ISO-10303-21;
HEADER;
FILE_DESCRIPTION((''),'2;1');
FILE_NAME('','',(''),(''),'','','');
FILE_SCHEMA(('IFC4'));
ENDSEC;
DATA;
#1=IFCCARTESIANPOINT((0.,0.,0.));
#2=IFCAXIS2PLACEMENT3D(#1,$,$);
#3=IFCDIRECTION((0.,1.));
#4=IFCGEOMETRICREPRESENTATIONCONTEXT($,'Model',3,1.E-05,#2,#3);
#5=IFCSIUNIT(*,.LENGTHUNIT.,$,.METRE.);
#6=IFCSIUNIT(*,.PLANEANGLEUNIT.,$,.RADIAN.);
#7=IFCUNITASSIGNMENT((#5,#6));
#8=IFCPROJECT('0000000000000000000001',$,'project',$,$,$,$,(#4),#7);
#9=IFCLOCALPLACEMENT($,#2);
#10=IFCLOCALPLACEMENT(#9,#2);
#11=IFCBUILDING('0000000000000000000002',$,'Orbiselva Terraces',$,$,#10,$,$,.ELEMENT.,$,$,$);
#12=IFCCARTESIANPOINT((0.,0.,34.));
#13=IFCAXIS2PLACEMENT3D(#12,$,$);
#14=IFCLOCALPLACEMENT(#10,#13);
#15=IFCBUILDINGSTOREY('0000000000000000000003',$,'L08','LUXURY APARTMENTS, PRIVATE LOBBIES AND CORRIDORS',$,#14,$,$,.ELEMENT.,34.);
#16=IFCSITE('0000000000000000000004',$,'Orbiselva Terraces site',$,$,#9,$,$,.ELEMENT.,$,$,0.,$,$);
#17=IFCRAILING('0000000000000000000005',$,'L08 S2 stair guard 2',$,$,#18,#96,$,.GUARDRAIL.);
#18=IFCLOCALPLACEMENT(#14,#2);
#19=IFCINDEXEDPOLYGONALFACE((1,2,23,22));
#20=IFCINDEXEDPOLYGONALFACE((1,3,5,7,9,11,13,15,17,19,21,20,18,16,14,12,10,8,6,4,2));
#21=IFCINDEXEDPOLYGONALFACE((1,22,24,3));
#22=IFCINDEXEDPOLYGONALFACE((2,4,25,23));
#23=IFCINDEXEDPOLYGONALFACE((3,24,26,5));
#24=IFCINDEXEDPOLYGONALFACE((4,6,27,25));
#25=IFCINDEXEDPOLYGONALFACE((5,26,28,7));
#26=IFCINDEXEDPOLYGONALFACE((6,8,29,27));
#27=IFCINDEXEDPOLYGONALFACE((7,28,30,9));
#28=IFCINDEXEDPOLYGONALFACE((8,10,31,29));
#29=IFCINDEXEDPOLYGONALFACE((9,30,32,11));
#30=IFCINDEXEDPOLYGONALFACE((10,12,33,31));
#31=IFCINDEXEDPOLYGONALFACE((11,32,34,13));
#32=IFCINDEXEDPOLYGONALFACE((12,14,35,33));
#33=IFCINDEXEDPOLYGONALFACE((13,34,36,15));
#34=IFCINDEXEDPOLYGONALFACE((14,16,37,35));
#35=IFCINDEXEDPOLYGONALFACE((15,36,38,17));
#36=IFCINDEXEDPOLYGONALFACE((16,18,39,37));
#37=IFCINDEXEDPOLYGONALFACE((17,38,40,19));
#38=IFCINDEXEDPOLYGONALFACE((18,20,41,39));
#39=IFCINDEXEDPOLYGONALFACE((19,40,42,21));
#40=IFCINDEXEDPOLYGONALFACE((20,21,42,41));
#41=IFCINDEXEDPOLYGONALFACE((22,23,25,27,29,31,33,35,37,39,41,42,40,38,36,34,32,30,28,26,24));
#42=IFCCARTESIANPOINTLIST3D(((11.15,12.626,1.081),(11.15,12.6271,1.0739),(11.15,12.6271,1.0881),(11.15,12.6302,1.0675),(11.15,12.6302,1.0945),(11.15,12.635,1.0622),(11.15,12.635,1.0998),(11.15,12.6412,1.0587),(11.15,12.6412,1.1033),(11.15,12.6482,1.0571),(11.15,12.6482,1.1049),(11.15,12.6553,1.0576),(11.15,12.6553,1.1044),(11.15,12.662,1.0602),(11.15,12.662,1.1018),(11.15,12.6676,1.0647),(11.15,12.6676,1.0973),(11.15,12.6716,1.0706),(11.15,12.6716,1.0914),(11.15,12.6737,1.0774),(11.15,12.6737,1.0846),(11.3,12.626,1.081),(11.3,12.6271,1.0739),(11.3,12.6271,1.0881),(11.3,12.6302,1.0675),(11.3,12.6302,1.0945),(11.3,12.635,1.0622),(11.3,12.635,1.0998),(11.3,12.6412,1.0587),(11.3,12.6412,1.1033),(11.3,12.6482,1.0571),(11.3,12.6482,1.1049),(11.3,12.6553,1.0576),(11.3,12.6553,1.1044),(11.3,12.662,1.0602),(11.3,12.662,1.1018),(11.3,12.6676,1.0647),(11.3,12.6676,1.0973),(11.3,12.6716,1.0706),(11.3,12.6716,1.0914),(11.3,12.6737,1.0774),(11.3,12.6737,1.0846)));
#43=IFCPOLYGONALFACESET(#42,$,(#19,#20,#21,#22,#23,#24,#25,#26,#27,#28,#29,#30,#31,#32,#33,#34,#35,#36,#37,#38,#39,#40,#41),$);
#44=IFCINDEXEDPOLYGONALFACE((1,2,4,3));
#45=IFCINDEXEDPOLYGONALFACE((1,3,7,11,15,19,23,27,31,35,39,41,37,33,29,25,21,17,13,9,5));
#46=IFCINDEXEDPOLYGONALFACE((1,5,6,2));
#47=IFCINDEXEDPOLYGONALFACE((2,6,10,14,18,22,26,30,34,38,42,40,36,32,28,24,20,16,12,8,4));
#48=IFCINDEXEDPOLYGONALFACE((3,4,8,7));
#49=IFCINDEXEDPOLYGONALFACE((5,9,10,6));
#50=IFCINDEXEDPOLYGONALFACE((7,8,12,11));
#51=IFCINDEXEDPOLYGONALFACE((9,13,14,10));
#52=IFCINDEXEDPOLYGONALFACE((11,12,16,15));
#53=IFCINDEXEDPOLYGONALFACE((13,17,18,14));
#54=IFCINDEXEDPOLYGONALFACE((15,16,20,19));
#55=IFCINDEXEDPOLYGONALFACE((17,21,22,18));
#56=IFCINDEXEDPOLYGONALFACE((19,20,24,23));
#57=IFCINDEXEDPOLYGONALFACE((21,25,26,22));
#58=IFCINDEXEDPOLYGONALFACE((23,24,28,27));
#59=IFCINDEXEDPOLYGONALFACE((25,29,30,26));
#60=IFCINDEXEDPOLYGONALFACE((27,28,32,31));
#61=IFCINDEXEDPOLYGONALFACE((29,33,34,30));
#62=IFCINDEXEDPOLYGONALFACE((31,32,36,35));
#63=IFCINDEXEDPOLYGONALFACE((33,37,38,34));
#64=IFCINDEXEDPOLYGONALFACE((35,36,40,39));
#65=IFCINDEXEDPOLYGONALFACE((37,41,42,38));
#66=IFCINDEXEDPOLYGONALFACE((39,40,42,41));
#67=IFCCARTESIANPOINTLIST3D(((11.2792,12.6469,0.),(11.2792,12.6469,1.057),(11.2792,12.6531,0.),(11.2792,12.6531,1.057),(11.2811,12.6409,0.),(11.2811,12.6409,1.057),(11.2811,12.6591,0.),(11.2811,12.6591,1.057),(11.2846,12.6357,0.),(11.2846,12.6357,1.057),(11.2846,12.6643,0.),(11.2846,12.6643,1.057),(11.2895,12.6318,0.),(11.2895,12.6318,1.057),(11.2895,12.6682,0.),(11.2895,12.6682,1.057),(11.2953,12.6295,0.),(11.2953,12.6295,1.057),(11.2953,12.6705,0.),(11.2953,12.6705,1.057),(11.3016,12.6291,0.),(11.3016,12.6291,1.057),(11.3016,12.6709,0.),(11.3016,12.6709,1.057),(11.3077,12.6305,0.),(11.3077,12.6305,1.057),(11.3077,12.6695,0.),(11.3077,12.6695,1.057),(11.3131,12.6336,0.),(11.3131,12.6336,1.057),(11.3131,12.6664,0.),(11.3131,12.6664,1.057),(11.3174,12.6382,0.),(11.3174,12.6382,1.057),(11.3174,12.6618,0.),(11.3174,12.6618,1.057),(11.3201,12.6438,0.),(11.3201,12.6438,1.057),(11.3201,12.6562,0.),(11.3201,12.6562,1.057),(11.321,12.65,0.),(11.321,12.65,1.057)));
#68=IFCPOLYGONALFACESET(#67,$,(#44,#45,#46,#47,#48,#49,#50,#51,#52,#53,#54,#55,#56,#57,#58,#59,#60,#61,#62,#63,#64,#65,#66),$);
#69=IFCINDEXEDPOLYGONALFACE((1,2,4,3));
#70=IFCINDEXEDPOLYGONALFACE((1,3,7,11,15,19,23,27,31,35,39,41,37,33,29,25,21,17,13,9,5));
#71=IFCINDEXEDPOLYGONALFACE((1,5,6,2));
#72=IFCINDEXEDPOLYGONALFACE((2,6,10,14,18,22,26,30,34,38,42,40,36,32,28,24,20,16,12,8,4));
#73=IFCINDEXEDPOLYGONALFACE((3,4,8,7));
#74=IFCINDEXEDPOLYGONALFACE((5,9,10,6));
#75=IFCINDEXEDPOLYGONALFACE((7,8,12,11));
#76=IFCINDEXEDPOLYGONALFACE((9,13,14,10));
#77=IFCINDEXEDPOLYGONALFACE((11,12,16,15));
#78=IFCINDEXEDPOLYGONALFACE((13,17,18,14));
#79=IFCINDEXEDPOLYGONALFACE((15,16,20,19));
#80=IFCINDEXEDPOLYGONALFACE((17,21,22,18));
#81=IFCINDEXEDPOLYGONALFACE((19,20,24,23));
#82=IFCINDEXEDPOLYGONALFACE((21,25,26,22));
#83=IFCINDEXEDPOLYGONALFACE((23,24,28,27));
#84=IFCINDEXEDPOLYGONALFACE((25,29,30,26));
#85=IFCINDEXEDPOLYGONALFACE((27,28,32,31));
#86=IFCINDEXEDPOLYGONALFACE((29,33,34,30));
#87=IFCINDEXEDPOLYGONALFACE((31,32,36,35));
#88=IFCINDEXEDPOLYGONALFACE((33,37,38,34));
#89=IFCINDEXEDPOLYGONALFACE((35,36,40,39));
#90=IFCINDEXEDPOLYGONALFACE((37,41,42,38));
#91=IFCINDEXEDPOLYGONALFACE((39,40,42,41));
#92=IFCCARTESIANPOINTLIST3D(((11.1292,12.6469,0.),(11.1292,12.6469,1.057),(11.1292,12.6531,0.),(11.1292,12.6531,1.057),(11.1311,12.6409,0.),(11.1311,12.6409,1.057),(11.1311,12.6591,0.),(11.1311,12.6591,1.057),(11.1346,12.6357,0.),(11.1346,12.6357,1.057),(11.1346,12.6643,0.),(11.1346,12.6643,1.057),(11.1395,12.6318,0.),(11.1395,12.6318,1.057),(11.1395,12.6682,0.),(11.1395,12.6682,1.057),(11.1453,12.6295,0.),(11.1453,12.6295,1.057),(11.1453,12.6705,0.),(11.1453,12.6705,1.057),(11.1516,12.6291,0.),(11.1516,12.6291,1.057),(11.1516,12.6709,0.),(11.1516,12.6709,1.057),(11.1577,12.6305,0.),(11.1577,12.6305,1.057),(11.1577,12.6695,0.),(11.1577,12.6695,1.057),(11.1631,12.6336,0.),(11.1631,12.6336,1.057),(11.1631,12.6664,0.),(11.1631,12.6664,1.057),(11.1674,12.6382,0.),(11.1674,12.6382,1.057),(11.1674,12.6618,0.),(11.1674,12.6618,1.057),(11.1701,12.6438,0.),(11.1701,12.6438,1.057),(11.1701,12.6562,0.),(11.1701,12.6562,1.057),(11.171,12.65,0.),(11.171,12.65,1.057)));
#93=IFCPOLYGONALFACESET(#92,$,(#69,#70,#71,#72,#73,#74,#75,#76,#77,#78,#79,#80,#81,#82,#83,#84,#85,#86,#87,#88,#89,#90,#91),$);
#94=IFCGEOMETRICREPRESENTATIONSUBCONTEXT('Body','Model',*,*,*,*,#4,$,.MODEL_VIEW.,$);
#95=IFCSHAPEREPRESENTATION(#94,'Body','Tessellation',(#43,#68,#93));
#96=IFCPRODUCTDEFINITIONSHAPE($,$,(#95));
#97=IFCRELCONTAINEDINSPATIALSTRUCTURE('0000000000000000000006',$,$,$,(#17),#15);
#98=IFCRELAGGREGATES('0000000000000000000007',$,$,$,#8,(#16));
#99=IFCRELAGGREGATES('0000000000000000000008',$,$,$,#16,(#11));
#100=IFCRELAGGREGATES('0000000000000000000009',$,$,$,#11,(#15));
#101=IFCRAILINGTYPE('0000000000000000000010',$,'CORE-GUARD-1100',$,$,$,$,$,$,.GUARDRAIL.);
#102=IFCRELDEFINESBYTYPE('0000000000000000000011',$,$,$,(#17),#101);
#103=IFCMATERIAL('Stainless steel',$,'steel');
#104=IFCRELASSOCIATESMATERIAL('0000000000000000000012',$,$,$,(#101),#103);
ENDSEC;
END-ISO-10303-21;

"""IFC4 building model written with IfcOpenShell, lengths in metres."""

from ifc_helpers import new_model, si_unit, direction, frame, origin, origin_2d, place, context, subcontext, project, spatial, circle, extrude, material, type_object, element, save


model = new_model("IFC4")

# Units and contexts
model_context = context("Model", 3, precision=1e-05, world=origin(), true_north=direction((0.0, 1.0)))
body_context = subcontext(model_context, "Body", "Model", "MODEL_VIEW")
ifc_project = project(units=[si_unit("LENGTHUNIT", "METRE"), si_unit("PLANEANGLEUNIT", "RADIAN")], contexts=[model_context])

# Site, building, storey
site_placement = place(None, origin())
site = spatial("IfcSite", under=ifc_project, at=site_placement, Name="Orbiselva Terraces site", CompositionType="ELEMENT", RefElevation=0.0)
building_placement = place(site_placement, origin())
building = spatial("IfcBuilding", under=site, at=building_placement, Name="Orbiselva Terraces", CompositionType="ELEMENT")
storey_placement = place(building_placement, frame((0.0, 0.0, 34.0)))
storey = spatial("IfcBuildingStorey", under=building, at=storey_placement, Name="L08", Description="LUXURY APARTMENTS, PRIVATE LOBBIES AND CORRIDORS", CompositionType="ELEMENT", Elevation=34.0)

# Railing
ifc_material_1 = material(Name="Stainless steel", Category="steel")
railing_type = type_object("IfcRailingType", Name="CORE-GUARD-1100", PredefinedType="GUARDRAIL", material=ifc_material_1)
railing_placement = place(storey_placement, frame((11.3, 12.65, 0.0)))
element("IfcRailing", 1, at=railing_placement, inside=storey, type_object=railing_type, Name="L08 S2 stair guard 2", PredefinedType="GUARDRAIL", context=body_context, shape_type="SweptSolid", body=[
    extrude(circle(Radius=0.024, at=origin_2d()), frame((0.0, 0.0, 1.081), z_axis=(-1.0, 0.0, 0.0), x_axis=(0.0, -1.0, 0.0)), (0.0, 0.0, 1.0), 0.15),
    extrude(circle(Radius=0.021, at=origin_2d()), origin(), (0.0, 0.0, 1.0), 1.057),
    extrude(circle(Radius=0.021, at=origin_2d()), frame((-0.15, 0.0, 0.0)), (0.0, 0.0, 1.0), 1.057),
])

save(model, "model.ifc")
